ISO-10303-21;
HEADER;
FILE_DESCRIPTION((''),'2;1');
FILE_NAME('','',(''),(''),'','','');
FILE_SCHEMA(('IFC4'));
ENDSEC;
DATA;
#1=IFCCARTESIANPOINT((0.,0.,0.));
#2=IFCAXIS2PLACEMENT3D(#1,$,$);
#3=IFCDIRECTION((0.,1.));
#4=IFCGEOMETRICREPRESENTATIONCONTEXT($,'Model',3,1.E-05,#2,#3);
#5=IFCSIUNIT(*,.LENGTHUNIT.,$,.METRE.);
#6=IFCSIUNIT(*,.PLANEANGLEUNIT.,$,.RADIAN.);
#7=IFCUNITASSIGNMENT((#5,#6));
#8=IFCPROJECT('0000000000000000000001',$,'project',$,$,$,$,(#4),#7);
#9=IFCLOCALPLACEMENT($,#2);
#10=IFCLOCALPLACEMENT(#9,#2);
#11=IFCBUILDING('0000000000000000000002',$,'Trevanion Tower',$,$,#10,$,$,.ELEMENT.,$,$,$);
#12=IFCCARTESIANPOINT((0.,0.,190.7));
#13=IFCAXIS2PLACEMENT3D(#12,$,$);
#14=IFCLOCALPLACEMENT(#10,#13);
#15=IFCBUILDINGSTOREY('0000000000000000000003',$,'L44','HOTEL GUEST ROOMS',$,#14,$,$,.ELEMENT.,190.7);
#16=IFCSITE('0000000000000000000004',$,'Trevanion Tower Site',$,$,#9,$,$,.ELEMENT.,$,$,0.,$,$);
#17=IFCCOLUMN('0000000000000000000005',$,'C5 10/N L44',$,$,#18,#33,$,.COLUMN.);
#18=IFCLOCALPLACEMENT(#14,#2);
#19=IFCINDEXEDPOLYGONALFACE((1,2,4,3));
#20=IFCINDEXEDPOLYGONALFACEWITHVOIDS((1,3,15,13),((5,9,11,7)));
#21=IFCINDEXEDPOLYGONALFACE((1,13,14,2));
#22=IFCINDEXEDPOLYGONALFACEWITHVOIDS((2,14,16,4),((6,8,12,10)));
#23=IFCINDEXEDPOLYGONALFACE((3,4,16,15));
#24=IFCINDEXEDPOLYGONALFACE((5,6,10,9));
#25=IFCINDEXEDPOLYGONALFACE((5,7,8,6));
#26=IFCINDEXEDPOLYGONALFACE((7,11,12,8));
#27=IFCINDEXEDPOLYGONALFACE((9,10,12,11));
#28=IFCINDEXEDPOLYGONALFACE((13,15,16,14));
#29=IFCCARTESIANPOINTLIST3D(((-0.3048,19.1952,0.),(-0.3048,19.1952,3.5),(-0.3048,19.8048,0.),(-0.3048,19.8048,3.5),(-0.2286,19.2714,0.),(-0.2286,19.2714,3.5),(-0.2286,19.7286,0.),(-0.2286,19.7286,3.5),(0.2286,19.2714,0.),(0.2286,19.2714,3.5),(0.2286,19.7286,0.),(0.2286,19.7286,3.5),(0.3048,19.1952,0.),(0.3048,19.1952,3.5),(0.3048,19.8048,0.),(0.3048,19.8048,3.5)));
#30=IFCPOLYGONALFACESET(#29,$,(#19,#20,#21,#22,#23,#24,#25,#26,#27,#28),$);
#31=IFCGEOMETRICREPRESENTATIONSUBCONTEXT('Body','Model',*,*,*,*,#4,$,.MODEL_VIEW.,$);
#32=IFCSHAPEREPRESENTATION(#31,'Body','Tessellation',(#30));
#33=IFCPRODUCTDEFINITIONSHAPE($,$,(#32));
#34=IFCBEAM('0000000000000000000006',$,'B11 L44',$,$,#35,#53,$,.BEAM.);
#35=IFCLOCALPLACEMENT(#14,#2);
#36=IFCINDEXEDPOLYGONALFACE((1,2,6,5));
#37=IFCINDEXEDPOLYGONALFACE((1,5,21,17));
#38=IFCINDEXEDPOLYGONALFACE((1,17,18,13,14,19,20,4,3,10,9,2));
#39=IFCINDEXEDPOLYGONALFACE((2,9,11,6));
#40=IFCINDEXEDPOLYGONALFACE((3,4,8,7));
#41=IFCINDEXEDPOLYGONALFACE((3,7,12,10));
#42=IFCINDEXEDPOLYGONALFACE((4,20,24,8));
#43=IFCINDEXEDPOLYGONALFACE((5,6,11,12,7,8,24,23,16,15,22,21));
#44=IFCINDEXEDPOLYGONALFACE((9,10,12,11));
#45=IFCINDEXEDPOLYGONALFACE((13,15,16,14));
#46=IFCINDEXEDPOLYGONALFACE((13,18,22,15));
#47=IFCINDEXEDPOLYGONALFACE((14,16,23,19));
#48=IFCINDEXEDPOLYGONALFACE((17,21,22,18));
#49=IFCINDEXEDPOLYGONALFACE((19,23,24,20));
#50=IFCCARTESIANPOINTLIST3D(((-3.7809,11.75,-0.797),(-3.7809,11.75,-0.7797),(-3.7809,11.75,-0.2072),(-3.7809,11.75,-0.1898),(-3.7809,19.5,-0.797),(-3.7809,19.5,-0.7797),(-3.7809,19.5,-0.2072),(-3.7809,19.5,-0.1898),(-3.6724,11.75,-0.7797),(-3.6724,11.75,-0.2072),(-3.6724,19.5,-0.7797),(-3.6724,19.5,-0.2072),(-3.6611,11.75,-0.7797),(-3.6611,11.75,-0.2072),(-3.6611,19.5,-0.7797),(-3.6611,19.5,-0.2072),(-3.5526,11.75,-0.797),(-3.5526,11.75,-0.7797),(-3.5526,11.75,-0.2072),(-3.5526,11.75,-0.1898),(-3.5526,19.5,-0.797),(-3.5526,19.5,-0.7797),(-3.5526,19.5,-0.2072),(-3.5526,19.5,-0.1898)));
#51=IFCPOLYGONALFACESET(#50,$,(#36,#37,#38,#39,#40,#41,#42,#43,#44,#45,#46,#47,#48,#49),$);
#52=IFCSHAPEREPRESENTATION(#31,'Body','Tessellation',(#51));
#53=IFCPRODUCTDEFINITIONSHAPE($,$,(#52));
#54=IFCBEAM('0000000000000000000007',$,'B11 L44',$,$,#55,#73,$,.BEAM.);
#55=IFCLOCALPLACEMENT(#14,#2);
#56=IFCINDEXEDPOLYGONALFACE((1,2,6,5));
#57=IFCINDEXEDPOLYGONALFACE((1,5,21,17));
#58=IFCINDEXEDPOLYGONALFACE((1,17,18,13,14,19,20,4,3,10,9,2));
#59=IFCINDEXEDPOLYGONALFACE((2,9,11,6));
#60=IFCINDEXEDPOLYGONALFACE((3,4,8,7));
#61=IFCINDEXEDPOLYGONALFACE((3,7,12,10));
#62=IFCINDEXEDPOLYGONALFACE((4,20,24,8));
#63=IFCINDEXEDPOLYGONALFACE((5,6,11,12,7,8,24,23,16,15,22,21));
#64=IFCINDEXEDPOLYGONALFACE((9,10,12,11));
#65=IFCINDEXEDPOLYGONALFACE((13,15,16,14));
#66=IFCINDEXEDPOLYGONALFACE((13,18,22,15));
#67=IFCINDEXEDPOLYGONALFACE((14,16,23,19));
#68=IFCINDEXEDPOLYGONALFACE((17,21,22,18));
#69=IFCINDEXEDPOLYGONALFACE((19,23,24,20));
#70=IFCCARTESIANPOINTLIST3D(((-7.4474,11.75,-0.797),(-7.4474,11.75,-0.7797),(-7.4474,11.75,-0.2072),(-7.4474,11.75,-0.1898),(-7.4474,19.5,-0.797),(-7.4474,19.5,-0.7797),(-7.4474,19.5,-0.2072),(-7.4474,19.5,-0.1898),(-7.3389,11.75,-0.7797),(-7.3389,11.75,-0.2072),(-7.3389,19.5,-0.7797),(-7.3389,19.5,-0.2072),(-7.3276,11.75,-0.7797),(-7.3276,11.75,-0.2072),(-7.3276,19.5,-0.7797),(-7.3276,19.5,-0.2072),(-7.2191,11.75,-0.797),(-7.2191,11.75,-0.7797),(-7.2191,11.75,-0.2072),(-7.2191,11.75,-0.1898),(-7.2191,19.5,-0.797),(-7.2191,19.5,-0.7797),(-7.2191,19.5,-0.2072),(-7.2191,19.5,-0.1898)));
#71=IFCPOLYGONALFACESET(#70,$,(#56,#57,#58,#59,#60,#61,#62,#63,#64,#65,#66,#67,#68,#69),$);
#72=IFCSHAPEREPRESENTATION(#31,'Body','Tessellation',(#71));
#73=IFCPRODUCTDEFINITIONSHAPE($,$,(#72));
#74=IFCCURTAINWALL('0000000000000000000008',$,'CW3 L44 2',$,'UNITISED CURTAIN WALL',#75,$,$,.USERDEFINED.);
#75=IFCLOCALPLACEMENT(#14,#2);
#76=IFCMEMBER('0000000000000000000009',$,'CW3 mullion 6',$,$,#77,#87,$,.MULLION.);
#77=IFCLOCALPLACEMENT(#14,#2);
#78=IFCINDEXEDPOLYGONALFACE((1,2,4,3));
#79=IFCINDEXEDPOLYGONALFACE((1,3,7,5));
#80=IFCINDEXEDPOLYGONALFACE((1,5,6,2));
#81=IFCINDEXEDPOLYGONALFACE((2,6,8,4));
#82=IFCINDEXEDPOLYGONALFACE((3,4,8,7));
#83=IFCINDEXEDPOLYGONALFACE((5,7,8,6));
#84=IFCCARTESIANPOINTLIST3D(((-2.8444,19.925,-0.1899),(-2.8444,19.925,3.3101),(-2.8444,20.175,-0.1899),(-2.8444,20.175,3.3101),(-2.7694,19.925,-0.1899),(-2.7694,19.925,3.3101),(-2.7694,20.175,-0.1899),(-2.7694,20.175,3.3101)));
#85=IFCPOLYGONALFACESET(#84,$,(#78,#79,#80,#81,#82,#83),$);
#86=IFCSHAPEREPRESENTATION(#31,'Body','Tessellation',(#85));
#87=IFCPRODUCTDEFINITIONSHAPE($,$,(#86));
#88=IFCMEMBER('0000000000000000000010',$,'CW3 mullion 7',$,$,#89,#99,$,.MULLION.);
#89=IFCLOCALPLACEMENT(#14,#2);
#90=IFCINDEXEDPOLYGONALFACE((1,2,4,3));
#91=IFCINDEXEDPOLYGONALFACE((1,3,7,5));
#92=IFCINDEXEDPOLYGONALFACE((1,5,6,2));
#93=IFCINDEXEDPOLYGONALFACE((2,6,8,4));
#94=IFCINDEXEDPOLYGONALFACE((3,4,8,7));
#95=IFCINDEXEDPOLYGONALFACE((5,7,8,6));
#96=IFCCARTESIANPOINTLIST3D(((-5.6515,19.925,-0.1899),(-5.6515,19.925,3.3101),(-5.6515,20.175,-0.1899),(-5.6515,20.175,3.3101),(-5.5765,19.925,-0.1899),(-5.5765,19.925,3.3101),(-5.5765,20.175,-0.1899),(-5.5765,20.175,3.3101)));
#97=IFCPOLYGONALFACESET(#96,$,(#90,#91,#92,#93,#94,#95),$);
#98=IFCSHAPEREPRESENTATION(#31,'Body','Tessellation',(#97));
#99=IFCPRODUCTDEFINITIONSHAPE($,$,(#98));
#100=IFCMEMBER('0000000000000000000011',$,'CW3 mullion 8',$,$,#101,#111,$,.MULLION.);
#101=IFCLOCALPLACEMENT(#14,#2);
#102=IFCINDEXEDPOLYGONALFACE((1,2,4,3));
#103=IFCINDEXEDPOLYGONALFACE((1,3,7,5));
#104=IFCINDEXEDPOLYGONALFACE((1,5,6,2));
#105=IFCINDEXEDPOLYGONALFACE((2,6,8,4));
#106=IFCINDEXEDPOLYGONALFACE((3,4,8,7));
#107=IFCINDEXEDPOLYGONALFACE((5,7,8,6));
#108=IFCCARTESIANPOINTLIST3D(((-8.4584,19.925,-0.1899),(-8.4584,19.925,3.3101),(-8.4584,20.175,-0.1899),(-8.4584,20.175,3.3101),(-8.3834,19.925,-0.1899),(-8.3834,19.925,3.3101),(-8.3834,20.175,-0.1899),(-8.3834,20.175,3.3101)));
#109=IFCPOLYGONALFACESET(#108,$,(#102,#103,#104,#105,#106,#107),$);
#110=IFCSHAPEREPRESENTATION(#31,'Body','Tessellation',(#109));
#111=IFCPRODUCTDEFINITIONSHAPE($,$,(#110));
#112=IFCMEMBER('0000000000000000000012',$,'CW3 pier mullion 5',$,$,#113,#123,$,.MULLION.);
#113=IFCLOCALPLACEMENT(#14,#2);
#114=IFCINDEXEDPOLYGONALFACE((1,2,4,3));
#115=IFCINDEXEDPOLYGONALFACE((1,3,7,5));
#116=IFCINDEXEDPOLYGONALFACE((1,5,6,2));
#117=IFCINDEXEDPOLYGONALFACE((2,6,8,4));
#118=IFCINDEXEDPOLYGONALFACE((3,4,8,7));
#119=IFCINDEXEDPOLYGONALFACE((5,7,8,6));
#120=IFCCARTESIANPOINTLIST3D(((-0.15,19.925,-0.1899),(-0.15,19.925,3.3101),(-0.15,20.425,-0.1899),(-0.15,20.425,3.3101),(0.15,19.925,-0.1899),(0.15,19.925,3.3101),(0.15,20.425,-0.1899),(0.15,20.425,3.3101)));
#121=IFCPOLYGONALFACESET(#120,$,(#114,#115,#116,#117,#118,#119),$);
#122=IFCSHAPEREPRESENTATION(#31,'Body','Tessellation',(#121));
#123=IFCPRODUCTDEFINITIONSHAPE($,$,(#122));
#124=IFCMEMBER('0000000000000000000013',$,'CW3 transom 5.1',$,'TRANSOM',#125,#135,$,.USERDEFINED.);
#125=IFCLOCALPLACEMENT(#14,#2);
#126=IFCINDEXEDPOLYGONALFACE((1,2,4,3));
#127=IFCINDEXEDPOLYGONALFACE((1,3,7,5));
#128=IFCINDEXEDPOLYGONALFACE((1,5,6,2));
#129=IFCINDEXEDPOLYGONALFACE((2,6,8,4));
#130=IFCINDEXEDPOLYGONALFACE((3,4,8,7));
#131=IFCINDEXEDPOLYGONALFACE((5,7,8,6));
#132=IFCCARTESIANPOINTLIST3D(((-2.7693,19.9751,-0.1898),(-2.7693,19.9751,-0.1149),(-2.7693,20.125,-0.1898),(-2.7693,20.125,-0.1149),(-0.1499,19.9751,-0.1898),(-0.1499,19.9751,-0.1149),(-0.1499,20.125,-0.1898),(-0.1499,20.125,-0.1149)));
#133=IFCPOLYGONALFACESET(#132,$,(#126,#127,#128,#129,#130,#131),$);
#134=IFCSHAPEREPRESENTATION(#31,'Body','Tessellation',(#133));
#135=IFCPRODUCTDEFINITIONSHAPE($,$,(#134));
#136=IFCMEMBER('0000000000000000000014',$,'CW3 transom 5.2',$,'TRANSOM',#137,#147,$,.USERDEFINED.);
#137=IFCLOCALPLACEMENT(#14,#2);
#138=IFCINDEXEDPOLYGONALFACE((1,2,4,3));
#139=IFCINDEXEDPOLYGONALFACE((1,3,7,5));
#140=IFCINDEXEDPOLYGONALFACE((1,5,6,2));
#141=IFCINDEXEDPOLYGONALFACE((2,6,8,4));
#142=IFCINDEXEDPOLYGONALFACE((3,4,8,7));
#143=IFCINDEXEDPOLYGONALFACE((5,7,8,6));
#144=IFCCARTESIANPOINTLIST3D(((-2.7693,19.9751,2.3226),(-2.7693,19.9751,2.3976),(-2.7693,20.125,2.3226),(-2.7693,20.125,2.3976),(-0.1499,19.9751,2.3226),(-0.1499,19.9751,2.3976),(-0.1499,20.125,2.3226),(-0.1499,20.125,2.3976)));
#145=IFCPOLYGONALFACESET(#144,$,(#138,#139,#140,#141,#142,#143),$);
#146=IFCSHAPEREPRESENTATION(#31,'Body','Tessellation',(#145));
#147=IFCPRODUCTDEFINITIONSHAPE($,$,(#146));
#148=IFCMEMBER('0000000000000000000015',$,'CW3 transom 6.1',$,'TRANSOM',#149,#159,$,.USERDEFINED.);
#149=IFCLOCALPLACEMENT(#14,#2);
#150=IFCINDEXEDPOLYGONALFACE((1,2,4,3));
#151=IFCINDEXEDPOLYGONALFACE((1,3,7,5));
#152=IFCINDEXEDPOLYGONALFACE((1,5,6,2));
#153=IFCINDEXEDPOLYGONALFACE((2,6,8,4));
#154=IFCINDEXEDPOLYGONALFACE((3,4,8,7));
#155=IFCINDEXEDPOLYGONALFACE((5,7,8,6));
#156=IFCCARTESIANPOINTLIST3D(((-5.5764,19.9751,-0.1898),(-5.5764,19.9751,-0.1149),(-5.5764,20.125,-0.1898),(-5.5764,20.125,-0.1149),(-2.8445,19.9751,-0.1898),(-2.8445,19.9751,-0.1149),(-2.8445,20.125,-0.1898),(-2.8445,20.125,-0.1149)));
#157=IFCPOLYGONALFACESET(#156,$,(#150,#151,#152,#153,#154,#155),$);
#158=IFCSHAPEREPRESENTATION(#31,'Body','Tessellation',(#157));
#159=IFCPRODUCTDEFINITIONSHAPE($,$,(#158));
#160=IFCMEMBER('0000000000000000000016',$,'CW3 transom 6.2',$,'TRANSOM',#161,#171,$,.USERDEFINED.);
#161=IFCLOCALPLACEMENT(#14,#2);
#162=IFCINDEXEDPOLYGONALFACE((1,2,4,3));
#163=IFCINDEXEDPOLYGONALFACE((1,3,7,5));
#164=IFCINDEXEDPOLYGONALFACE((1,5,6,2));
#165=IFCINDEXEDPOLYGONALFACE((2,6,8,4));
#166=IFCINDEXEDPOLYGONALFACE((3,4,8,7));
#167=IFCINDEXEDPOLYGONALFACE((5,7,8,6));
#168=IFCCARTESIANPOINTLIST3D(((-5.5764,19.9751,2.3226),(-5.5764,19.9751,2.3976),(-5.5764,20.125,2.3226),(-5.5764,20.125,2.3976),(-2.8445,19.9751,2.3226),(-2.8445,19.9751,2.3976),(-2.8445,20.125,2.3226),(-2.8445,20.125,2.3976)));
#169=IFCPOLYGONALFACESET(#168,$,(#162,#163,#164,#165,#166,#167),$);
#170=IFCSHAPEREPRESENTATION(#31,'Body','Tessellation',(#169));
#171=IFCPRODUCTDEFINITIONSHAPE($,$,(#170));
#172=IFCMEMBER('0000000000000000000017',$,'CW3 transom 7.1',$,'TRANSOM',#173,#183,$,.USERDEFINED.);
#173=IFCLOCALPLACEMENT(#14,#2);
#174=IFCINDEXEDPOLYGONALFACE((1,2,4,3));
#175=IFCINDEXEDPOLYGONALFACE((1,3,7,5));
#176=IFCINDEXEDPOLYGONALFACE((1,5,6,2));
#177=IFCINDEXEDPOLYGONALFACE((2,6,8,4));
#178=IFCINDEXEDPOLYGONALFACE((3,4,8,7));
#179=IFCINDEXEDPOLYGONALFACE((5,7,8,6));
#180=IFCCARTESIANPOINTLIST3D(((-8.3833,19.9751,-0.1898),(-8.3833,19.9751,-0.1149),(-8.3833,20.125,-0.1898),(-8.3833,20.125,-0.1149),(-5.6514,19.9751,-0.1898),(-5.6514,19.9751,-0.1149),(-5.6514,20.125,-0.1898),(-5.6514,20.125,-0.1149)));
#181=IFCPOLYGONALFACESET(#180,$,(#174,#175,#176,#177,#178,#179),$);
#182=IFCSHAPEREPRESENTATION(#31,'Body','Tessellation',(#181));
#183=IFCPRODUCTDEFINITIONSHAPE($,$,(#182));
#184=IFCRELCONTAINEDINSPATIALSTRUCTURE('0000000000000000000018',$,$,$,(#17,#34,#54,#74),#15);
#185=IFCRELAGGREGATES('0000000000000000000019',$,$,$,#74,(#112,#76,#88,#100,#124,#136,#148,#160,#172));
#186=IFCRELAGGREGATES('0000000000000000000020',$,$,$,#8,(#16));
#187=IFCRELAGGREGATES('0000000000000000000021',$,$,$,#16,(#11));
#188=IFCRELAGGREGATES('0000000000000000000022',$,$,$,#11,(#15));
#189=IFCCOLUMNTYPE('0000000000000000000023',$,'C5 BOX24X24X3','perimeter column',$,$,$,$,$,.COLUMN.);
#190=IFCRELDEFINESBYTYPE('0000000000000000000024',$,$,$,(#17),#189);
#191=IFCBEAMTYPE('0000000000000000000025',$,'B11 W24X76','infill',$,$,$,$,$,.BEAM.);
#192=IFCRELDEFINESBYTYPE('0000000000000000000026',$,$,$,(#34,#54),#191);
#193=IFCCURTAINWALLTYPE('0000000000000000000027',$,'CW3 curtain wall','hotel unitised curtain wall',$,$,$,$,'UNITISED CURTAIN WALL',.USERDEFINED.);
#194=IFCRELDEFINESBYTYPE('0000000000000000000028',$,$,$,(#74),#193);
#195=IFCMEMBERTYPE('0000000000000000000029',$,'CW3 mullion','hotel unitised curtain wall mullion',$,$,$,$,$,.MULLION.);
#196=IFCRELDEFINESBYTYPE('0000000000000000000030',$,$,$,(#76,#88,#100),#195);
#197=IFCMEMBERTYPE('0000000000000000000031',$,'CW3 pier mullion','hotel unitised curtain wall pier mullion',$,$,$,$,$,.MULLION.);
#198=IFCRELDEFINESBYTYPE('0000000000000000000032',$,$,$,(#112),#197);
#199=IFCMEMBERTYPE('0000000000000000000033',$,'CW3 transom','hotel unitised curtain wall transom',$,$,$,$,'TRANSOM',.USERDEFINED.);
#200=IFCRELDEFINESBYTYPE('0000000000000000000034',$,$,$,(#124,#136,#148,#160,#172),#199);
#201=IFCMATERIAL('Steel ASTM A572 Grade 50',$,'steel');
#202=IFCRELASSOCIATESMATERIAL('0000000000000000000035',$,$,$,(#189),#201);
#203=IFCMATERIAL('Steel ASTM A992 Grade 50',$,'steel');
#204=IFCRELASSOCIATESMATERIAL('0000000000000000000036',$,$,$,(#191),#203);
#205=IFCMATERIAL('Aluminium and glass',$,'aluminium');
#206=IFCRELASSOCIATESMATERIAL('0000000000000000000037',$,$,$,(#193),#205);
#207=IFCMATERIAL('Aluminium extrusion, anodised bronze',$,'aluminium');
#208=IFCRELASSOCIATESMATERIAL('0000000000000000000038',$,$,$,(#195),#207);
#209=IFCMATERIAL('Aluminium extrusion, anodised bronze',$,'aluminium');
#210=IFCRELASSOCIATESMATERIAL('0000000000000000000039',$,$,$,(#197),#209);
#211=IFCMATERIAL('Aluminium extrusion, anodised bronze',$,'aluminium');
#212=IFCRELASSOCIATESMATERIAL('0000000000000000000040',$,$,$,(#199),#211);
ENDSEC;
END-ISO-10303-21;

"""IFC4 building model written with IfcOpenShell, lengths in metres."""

from ifc_helpers import new_model, si_unit, direction, frame, origin, origin_2d, place, context, subcontext, project, spatial, rectangle, hollow_rectangle, i_section, extrude, material, material_profile, profile_set, type_object, element, aggregate, save


model = new_model("IFC4")

# Units and contexts
model_context = context("Model", 3, precision=1e-05, world=origin(), true_north=direction((0.0, 1.0)))
body_context = subcontext(model_context, "Body", "Model", "MODEL_VIEW")
ifc_project = project(units=[si_unit("LENGTHUNIT", "METRE"), si_unit("PLANEANGLEUNIT", "RADIAN")], contexts=[model_context])

# Site, building, storey
site_placement = place(None, origin())
site = spatial("IfcSite", under=ifc_project, at=site_placement, Name="Trevanion Tower Site", CompositionType="ELEMENT", RefElevation=0.0)
building_placement = place(site_placement, origin())
building = spatial("IfcBuilding", under=site, at=building_placement, Name="Trevanion Tower", CompositionType="ELEMENT")
storey_placement = place(building_placement, frame((0.0, 0.0, 190.7)))
storey = spatial("IfcBuildingStorey", under=building, at=storey_placement, Name="L44", Description="HOTEL GUEST ROOMS", CompositionType="ELEMENT", Elevation=190.7)

# Column
ifc_material_1 = material(Name="Steel ASTM A572 Grade 50", Category="steel")
ifc_material_profile_1 = material_profile(ifc_material_1, hollow_rectangle(XDim=0.6096, YDim=0.6096, WallThickness=0.0762, at=origin_2d()), Name="BOX24X24X3")
ifc_profile_set_1 = profile_set([ifc_material_profile_1], Name="Steel ASTM A572 Grade 50")
column_type = type_object("IfcColumnType", Name="C5 BOX24X24X3", Description="perimeter column", PredefinedType="COLUMN", material=ifc_profile_set_1)
column_placement = place(storey_placement, frame((0.0, 19.5, 0.0), z_axis=(0.0, 0.0, 1.0), x_axis=(1.0, 0.0, 0.0)))
element("IfcColumn", 1, at=column_placement, inside=storey, type_object=column_type, Name="C5 10/N L44", PredefinedType="COLUMN", context=body_context, shape_type="SweptSolid", body=[
    extrude(hollow_rectangle(XDim=0.6096, YDim=0.6096, WallThickness=0.0762, at=origin_2d()), origin(), (0.0, 0.0, 1.0), 3.5),
])

# Beams
ifc_material_2 = material(Name="Steel ASTM A992 Grade 50", Category="steel")
ifc_material_profile_2 = material_profile(ifc_material_2, i_section(OverallWidth=0.2283, OverallDepth=0.6072, WebThickness=0.0112, FlangeThickness=0.0173, at=origin_2d()), Name="W24X76")
ifc_profile_set_2 = profile_set([ifc_material_profile_2], Name="Steel ASTM A992 Grade 50")
beam_type_1 = type_object("IfcBeamType", Name="B11 W24X76", Description="infill", PredefinedType="BEAM", material=ifc_profile_set_2)
for number, where, z_axis, x_axis, name in (
    (2, (-3.6667, 11.75, -0.4934), (0.0, 1.0, 0.0), (-1.0, 0.0, 0.0), "B11 L44"),
    (3, (-7.3333, 11.75, -0.4934), (0.0, 1.0, 0.0), (-1.0, 0.0, 0.0), "B11 L44"),
):
    element("IfcBeam", number, at=place(storey_placement, frame(where, z_axis=z_axis, x_axis=x_axis)), inside=storey, type_object=beam_type_1, Name=name, PredefinedType="BEAM", context=body_context, shape_type="SweptSolid", body=[
        extrude(i_section(OverallWidth=0.2283, OverallDepth=0.6072, WebThickness=0.0112, FlangeThickness=0.0173, at=origin_2d()), origin(), (0.0, 0.0, 1.0), 7.75),
    ])

# Curtain wall, members
ifc_material_3 = material(Name="Aluminium and glass", Category="aluminium")
curtain_wall_type = type_object("IfcCurtainWallType", Name="CW3 curtain wall", Description="hotel unitised curtain wall", ElementType="UNITISED CURTAIN WALL", PredefinedType="USERDEFINED", material=ifc_material_3)
curtain_wall_placement = place(storey_placement, origin())
curtain_wall = element("IfcCurtainWall", 4, at=curtain_wall_placement, inside=storey, type_object=curtain_wall_type, Name="CW3 L44 2", ObjectType="UNITISED CURTAIN WALL", PredefinedType="USERDEFINED")
ifc_material_4 = material(Name="Aluminium extrusion, anodised bronze", Category="aluminium")
ifc_material_profile_3 = material_profile(ifc_material_4, rectangle(XDim=0.075, YDim=0.25, at=origin_2d()), Name="CW3 mullion")
ifc_profile_set_3 = profile_set([ifc_material_profile_3], Name="Aluminium extrusion, anodised bronze")
member_type_1 = type_object("IfcMemberType", Name="CW3 mullion", Description="hotel unitised curtain wall mullion", PredefinedType="MULLION", material=ifc_profile_set_3)
member_1_placement = place(storey_placement, frame((-2.8069, 20.05, -0.1899), z_axis=(0.0, 0.0, 1.0), x_axis=(-1.0, 0.0, 0.0)))
member_1 = element("IfcMember", 5, at=member_1_placement, type_object=member_type_1, Name="CW3 mullion 6", PredefinedType="MULLION", context=body_context, shape_type="SweptSolid", body=[
    extrude(rectangle(XDim=0.075, YDim=0.25, at=origin_2d()), origin(), (0.0, 0.0, 1.0), 3.5),
])
member_2_placement = place(storey_placement, frame((-5.614, 20.05, -0.1899), z_axis=(0.0, 0.0, 1.0), x_axis=(-1.0, 0.0, 0.0)))
member_2 = element("IfcMember", 6, at=member_2_placement, type_object=member_type_1, Name="CW3 mullion 7", PredefinedType="MULLION", context=body_context, shape_type="SweptSolid", body=[
    extrude(rectangle(XDim=0.075, YDim=0.25, at=origin_2d()), origin(), (0.0, 0.0, 1.0), 3.5),
])
member_3_placement = place(storey_placement, frame((-8.4209, 20.05, -0.1899), z_axis=(0.0, 0.0, 1.0), x_axis=(-1.0, 0.0, 0.0)))
member_3 = element("IfcMember", 7, at=member_3_placement, type_object=member_type_1, Name="CW3 mullion 8", PredefinedType="MULLION", context=body_context, shape_type="SweptSolid", body=[
    extrude(rectangle(XDim=0.075, YDim=0.25, at=origin_2d()), origin(), (0.0, 0.0, 1.0), 3.5),
])
ifc_material_5 = material(Name="Aluminium extrusion, anodised bronze", Category="aluminium")
ifc_material_profile_4 = material_profile(ifc_material_5, rectangle(XDim=0.3, YDim=0.5, at=origin_2d()), Name="CW3 pier mullion")
ifc_profile_set_4 = profile_set([ifc_material_profile_4], Name="Aluminium extrusion, anodised bronze")
member_type_2 = type_object("IfcMemberType", Name="CW3 pier mullion", Description="hotel unitised curtain wall pier mullion", PredefinedType="MULLION", material=ifc_profile_set_4)
member_4_placement = place(storey_placement, frame((0.0, 20.175, -0.1899), z_axis=(0.0, 0.0, 1.0), x_axis=(-1.0, 0.0, 0.0)))
member_4 = element("IfcMember", 8, at=member_4_placement, type_object=member_type_2, Name="CW3 pier mullion 5", PredefinedType="MULLION", context=body_context, shape_type="SweptSolid", body=[
    extrude(rectangle(XDim=0.3, YDim=0.5, at=origin_2d()), origin(), (0.0, 0.0, 1.0), 3.5),
])
ifc_material_6 = material(Name="Aluminium extrusion, anodised bronze", Category="aluminium")
ifc_material_profile_5 = material_profile(ifc_material_6, rectangle(XDim=0.1499, YDim=0.075, at=origin_2d()), Name="CW3 transom")
ifc_profile_set_5 = profile_set([ifc_material_profile_5], Name="Aluminium extrusion, anodised bronze")
member_type_3 = type_object("IfcMemberType", Name="CW3 transom", Description="hotel unitised curtain wall transom", ElementType="TRANSOM", PredefinedType="USERDEFINED", material=ifc_profile_set_5)
member_5_placement = place(storey_placement, frame((-0.1499, 20.05, -0.1523), z_axis=(-1.0, 0.0, 0.0), x_axis=(0.0, -1.0, 0.0)))
member_5 = element("IfcMember", 9, at=member_5_placement, type_object=member_type_3, Name="CW3 transom 5.1", ObjectType="TRANSOM", PredefinedType="USERDEFINED", context=body_context, shape_type="SweptSolid", body=[
    extrude(rectangle(XDim=0.1499, YDim=0.075, at=origin_2d()), origin(), (0.0, 0.0, 1.0), 2.6194),
])
member_6_placement = place(storey_placement, frame((-0.1499, 20.05, 2.3601), z_axis=(-1.0, 0.0, 0.0), x_axis=(0.0, -1.0, 0.0)))
member_6 = element("IfcMember", 10, at=member_6_placement, type_object=member_type_3, Name="CW3 transom 5.2", ObjectType="TRANSOM", PredefinedType="USERDEFINED", context=body_context, shape_type="SweptSolid", body=[
    extrude(rectangle(XDim=0.1499, YDim=0.075, at=origin_2d()), origin(), (0.0, 0.0, 1.0), 2.6194),
])
member_7_placement = place(storey_placement, frame((-2.8445, 20.05, -0.1523), z_axis=(-1.0, 0.0, 0.0), x_axis=(0.0, -1.0, 0.0)))
member_7 = element("IfcMember", 11, at=member_7_placement, type_object=member_type_3, Name="CW3 transom 6.1", ObjectType="TRANSOM", PredefinedType="USERDEFINED", context=body_context, shape_type="SweptSolid", body=[
    extrude(rectangle(XDim=0.1499, YDim=0.075, at=origin_2d()), origin(), (0.0, 0.0, 1.0), 2.7319),
])
member_8_placement = place(storey_placement, frame((-2.8445, 20.05, 2.3601), z_axis=(-1.0, 0.0, 0.0), x_axis=(0.0, -1.0, 0.0)))
member_8 = element("IfcMember", 12, at=member_8_placement, type_object=member_type_3, Name="CW3 transom 6.2", ObjectType="TRANSOM", PredefinedType="USERDEFINED", context=body_context, shape_type="SweptSolid", body=[
    extrude(rectangle(XDim=0.1499, YDim=0.075, at=origin_2d()), origin(), (0.0, 0.0, 1.0), 2.7319),
])
member_9_placement = place(storey_placement, frame((-5.6514, 20.05, -0.1523), z_axis=(-1.0, 0.0, 0.0), x_axis=(0.0, -1.0, 0.0)))
member_9 = element("IfcMember", 13, at=member_9_placement, type_object=member_type_3, Name="CW3 transom 7.1", ObjectType="TRANSOM", PredefinedType="USERDEFINED", context=body_context, shape_type="SweptSolid", body=[
    extrude(rectangle(XDim=0.1499, YDim=0.075, at=origin_2d()), origin(), (0.0, 0.0, 1.0), 2.7319),
])

aggregate(curtain_wall, [member_4, member_1, member_2, member_3, member_5, member_6, member_7, member_8, member_9])

save(model, "model.ifc")
